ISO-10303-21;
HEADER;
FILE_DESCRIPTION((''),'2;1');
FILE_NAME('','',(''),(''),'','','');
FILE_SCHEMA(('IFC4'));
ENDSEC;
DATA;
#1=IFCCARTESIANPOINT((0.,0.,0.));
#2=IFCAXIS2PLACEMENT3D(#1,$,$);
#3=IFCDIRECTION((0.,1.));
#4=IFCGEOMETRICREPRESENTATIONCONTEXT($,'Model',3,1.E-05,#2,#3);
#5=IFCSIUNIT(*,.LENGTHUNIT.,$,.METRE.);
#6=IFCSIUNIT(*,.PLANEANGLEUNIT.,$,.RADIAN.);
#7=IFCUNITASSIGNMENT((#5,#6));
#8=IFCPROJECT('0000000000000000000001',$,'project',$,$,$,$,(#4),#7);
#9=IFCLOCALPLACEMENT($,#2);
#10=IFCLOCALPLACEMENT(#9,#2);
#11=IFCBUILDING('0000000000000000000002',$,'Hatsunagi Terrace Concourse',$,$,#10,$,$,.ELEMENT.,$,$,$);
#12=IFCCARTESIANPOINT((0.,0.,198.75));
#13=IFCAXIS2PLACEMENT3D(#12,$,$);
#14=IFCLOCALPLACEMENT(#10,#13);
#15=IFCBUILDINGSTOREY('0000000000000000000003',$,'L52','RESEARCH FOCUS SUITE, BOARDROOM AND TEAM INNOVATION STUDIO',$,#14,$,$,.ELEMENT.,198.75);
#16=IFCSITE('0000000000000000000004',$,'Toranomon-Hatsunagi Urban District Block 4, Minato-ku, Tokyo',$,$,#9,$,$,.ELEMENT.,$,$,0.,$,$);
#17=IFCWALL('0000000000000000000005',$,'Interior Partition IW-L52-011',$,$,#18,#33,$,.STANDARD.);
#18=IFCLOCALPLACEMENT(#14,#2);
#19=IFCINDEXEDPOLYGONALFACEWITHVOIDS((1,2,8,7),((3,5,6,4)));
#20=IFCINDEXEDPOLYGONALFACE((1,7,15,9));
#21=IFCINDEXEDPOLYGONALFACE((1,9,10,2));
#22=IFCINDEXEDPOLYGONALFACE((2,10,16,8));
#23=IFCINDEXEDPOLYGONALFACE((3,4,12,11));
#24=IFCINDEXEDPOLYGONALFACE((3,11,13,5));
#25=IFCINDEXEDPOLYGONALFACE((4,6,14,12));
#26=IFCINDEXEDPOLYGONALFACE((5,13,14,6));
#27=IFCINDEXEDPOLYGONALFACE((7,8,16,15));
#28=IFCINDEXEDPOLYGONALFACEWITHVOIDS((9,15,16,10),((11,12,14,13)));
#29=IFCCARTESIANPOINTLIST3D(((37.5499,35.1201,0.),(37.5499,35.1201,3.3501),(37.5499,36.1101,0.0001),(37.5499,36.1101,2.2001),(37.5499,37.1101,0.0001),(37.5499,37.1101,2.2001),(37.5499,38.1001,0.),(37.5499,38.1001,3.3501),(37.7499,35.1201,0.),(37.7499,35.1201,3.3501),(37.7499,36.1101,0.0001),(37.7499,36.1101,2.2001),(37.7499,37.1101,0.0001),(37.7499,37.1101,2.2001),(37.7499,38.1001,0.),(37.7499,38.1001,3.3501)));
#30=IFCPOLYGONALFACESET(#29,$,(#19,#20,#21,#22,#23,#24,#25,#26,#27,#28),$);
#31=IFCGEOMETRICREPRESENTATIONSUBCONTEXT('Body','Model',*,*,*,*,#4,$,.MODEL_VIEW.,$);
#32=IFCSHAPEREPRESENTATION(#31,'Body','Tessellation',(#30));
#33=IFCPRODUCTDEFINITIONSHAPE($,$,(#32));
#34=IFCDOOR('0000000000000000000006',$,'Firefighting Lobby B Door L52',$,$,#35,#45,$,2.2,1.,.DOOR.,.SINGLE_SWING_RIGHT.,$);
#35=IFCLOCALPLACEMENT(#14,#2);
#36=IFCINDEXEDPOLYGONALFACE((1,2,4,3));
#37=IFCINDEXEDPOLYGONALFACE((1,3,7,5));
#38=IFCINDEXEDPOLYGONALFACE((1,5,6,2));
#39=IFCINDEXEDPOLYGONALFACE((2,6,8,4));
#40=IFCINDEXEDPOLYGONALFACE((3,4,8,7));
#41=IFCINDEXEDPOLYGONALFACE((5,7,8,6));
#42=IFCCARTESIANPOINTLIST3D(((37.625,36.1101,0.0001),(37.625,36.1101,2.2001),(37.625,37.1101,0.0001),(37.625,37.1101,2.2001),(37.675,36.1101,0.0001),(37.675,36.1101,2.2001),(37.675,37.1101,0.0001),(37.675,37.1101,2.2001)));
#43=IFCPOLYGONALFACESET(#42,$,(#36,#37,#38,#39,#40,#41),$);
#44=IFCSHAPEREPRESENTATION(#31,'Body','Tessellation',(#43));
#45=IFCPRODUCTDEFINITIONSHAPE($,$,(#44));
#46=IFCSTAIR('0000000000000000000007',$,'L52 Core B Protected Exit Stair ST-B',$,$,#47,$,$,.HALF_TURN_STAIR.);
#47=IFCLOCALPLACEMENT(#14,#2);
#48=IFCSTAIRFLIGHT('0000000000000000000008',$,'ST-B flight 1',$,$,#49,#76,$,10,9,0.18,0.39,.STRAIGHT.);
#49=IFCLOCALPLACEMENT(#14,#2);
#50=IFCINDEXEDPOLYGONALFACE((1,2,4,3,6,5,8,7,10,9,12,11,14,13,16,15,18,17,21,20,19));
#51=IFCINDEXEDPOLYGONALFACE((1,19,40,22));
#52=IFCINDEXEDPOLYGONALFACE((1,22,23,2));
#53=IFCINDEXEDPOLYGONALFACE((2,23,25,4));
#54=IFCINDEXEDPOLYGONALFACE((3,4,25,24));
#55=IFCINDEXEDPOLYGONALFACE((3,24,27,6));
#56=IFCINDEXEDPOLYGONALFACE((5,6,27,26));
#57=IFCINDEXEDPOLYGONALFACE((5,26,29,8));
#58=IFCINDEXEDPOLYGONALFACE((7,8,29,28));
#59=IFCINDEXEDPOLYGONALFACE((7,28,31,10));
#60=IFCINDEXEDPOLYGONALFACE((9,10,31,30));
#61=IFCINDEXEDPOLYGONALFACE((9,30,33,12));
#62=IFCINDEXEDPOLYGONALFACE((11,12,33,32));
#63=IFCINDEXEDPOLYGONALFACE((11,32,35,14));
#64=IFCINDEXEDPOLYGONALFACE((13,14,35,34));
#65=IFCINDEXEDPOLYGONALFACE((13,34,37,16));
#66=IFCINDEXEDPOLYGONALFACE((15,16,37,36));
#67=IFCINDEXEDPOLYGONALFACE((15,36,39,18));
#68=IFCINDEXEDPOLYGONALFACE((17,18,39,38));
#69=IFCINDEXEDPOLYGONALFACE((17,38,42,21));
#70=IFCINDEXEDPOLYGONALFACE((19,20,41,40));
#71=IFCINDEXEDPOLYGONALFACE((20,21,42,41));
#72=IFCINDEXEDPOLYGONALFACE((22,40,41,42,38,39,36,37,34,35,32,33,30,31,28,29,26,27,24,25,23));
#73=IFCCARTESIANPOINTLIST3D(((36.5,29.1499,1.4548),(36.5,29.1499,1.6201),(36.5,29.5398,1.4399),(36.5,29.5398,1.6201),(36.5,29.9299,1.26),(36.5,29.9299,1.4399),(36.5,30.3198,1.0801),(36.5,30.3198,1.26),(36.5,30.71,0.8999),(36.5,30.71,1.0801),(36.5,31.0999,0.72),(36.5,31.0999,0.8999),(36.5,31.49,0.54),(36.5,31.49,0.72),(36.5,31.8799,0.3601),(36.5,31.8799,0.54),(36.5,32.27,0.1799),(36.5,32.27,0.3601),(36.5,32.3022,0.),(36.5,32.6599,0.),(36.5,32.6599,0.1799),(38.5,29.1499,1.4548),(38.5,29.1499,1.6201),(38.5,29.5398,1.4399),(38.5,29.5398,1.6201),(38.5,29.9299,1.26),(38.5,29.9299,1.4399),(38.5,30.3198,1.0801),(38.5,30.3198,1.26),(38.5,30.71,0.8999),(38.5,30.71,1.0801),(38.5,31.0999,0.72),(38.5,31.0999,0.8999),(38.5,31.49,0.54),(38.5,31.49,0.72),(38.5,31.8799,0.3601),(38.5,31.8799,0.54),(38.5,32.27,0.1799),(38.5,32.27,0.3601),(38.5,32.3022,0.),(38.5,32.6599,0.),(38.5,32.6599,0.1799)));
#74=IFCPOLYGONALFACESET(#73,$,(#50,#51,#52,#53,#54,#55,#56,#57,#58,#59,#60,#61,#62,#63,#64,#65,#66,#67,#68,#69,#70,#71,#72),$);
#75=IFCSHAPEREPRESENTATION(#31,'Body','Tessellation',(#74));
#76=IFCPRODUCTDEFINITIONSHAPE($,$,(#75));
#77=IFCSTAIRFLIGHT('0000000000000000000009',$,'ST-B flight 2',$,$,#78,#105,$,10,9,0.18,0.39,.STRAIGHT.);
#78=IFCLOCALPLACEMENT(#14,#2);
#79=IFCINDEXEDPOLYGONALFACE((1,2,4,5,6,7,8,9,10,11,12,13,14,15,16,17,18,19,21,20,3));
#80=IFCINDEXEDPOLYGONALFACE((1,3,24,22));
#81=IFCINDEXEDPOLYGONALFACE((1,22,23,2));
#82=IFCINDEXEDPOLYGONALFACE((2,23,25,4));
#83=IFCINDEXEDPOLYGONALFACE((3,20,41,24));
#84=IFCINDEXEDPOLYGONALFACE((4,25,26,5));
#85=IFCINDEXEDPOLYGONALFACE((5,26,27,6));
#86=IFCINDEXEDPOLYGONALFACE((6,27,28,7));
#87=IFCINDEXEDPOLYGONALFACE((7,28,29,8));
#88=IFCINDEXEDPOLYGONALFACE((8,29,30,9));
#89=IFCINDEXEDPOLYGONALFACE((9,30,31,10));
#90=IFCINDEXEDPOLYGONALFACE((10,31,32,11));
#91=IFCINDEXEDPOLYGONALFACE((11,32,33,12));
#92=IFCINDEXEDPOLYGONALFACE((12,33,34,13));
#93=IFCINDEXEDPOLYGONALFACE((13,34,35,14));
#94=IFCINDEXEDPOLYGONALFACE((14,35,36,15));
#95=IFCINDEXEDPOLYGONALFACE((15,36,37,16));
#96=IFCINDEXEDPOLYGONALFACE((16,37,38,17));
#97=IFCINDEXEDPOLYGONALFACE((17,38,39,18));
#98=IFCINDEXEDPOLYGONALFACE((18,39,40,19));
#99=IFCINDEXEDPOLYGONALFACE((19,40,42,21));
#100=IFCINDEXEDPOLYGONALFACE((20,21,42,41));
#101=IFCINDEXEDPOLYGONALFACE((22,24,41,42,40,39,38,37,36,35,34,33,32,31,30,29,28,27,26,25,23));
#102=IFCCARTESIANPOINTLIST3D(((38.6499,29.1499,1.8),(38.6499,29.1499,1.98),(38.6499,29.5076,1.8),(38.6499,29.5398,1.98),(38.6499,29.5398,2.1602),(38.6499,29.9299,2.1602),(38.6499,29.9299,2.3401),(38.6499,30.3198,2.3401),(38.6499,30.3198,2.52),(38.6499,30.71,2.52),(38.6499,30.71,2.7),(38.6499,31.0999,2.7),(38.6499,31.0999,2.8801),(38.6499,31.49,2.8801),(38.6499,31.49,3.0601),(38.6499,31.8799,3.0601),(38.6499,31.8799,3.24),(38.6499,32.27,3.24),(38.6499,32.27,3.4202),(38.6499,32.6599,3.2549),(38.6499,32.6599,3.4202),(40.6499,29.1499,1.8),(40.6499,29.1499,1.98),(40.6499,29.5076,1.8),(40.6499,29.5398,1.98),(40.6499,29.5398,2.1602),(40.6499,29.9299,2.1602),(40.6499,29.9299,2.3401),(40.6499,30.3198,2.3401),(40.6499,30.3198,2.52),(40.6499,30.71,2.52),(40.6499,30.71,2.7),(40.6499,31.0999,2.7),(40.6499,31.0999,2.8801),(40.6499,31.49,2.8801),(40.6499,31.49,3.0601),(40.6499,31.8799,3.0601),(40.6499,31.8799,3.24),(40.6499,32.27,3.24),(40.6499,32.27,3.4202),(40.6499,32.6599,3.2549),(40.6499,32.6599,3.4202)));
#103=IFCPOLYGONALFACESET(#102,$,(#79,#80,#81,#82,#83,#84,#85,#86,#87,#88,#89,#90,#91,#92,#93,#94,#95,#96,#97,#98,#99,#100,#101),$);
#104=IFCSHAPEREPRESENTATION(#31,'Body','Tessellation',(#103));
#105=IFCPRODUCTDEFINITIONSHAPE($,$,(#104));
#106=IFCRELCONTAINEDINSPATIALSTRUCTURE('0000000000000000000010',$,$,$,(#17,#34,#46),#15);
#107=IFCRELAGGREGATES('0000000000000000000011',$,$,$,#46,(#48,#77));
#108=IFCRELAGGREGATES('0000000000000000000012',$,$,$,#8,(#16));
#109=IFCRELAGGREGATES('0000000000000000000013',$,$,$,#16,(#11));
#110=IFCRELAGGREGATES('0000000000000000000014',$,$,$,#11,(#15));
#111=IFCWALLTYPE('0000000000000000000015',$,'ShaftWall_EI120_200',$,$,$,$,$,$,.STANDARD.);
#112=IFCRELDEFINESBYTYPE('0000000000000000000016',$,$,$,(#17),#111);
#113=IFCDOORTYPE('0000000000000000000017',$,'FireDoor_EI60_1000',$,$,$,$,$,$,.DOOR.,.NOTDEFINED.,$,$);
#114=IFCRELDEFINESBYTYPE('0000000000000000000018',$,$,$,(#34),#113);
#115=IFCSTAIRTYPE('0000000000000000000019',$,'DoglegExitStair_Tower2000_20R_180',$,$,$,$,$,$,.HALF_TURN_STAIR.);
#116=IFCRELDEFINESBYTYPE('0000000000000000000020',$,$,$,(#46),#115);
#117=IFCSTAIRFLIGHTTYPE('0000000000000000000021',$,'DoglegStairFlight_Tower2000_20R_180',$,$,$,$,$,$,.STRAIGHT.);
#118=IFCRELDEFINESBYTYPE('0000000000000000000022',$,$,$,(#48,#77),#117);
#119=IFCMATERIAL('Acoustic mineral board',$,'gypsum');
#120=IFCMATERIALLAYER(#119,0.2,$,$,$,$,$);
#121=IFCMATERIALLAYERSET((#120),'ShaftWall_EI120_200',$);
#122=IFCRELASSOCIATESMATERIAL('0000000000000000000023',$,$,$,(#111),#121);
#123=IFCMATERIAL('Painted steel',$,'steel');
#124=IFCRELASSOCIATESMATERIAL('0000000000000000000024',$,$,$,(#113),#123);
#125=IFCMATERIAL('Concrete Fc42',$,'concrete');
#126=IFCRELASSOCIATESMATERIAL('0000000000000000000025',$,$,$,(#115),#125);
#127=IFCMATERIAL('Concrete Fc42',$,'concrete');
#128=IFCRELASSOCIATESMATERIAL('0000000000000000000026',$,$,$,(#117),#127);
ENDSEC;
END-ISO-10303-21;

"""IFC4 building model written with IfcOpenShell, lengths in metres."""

from ifc_helpers import new_model, si_unit, direction, frame, frame_2d, origin, place, context, subcontext, project, spatial, polyline, rectangle, outline, extrude, material, layer, layer_set, type_object, element, fill, aggregate, save


model = new_model("IFC4")

# Units and contexts
model_context = context("Model", 3, precision=1e-05, world=origin(), true_north=direction((0.0, 1.0)))
body_context = subcontext(model_context, "Body", "Model", "MODEL_VIEW")
ifc_project = project(units=[si_unit("LENGTHUNIT", "METRE"), si_unit("PLANEANGLEUNIT", "RADIAN")], contexts=[model_context])

# Site, building, storey
site_placement = place(None, origin())
site = spatial("IfcSite", under=ifc_project, at=site_placement, Name="Toranomon-Hatsunagi Urban District Block 4, Minato-ku, Tokyo", CompositionType="ELEMENT", RefElevation=0.0)
building_placement = place(site_placement, origin())
building = spatial("IfcBuilding", under=site, at=building_placement, Name="Hatsunagi Terrace Concourse", CompositionType="ELEMENT")
storey_placement = place(building_placement, frame((0.0, 0.0, 198.75)))
storey = spatial("IfcBuildingStorey", under=building, at=storey_placement, Name="L52", Description="RESEARCH FOCUS SUITE, BOARDROOM AND TEAM INNOVATION STUDIO", CompositionType="ELEMENT", Elevation=198.75)

# Wall, opening, door
ifc_material_1 = material(Name="Acoustic mineral board", Category="gypsum")
ifc_layer_1 = layer(ifc_material_1, 0.2)
ifc_layer_set_1 = layer_set([ifc_layer_1], Name="ShaftWall_EI120_200")
wall_type_1 = type_object("IfcWallType", Name="ShaftWall_EI120_200", PredefinedType="STANDARD", material=ifc_layer_set_1)
ifc_material_2 = material(Name="Painted steel", Category="steel")
door_type_1 = type_object("IfcDoorType", Name="FireDoor_EI60_1000", OperationType="NOTDEFINED", PredefinedType="DOOR", material=ifc_material_2)
wall_1_placement = place(storey_placement, frame((37.6499, 35.1201, 0.0), z_axis=(0.0, 0.0, 1.0), x_axis=(0.0, 1.0, 0.0)))
wall_1 = element("IfcWall", 1, at=wall_1_placement, inside=storey, type_object=wall_type_1, Name="Interior Partition IW-L52-011", PredefinedType="STANDARD", context=body_context, shape_type="SweptSolid", body=[
    extrude(rectangle(XDim=2.98, YDim=0.2, at=frame_2d((1.49, 0.0))), origin(), (0.0, 0.0, 1.0), 3.3501),
])
opening_1_placement = place(wall_1_placement, frame((0.99, 0.0, 0.0)))
opening_1 = element("IfcOpeningElement", 2, at=opening_1_placement, cuts=wall_1, PredefinedType="OPENING", context=body_context, shape_type="SweptSolid", body=[
    extrude(rectangle(XDim=1.0, YDim=2.2, at=frame_2d((0.5, 1.1001))), frame((0.0, 0.1099, 0.0), z_axis=(0.0, -1.0, 0.0), x_axis=(1.0, 0.0, 0.0)), (0.0, 0.0, 1.0), 0.22),
])
door_1_placement = place(opening_1_placement, origin())
door_1 = element("IfcDoor", 3, at=door_1_placement, inside=storey, type_object=door_type_1, Name="Firefighting Lobby B Door L52", OperationType="SINGLE_SWING_RIGHT", OverallHeight=2.2, OverallWidth=1.0, PredefinedType="DOOR", context=body_context, shape_type="SweptSolid", body=[
    extrude(rectangle(XDim=1.0, YDim=2.2, at=frame_2d((0.5, 1.1001))), frame((0.0, 0.0249, 0.0), z_axis=(0.0, -1.0, 0.0), x_axis=(1.0, 0.0, 0.0)), (0.0, 0.0, 1.0), 0.05),
])
fill(opening_1, door_1)

# Stair, stair flights
ifc_material_3 = material(Name="Concrete Fc42", Category="concrete")
stair_type = type_object("IfcStairType", Name="DoglegExitStair_Tower2000_20R_180", PredefinedType="HALF_TURN_STAIR", material=ifc_material_3)
stair_placement = place(storey_placement, origin())
stair = element("IfcStair", 4, at=stair_placement, inside=storey, type_object=stair_type, Name="L52 Core B Protected Exit Stair ST-B", PredefinedType="HALF_TURN_STAIR")
ifc_material_4 = material(Name="Concrete Fc42", Category="concrete")
stair_flight_type = type_object("IfcStairFlightType", Name="DoglegStairFlight_Tower2000_20R_180", PredefinedType="STRAIGHT", material=ifc_material_4)
stair_flight_1_placement = place(storey_placement, frame((37.5, 32.6599, 0.0), z_axis=(0.0, 0.0, 1.0), x_axis=(0.0, -1.0, 0.0)))
stair_flight_1 = element("IfcStairFlight", 5, at=stair_flight_1_placement, type_object=stair_flight_type, Name="ST-B flight 1", NumberOfRisers=10, NumberOfTreads=9, PredefinedType="STRAIGHT", RiserHeight=0.18, TreadLength=0.39, context=body_context, shape_type="SweptSolid", body=[
    extrude(outline(polyline([(0.0, 0.0), (0.0, 0.1799), (0.3899, 0.1799), (0.3899, 0.3601), (0.78, 0.3601), (0.78, 0.54), (1.1699, 0.54), (1.1699, 0.72), (1.5601, 0.72), (1.5601, 0.8999), (1.95, 0.8999), (1.95, 1.0801), (2.3401, 1.0801), (2.3401, 1.26), (2.73, 1.26), (2.73, 1.4399), (3.1201, 1.4399), (3.1201, 1.6201), (3.51, 1.6201), (3.51, 1.8), (3.51, 1.4548), (0.3577, 0.0), (0.0, 0.0)])), frame((0.0, 1.0, 0.0), z_axis=(0.0, -1.0, 0.0), x_axis=(1.0, 0.0, 0.0)), (0.0, 0.0, 1.0), 2.0),
])
stair_flight_2_placement = place(storey_placement, frame((39.6499, 29.1499, 1.8), z_axis=(0.0, 0.0, 1.0), x_axis=(0.0, 1.0, 0.0)))
stair_flight_2 = element("IfcStairFlight", 6, at=stair_flight_2_placement, type_object=stair_flight_type, Name="ST-B flight 2", NumberOfRisers=10, NumberOfTreads=9, PredefinedType="STRAIGHT", RiserHeight=0.18, TreadLength=0.39, context=body_context, shape_type="SweptSolid", body=[
    extrude(outline(polyline([(0.0, 0.0), (0.0, 0.1799), (0.3899, 0.1799), (0.3899, 0.3601), (0.78, 0.3601), (0.78, 0.54), (1.1699, 0.54), (1.1699, 0.72), (1.5601, 0.72), (1.5601, 0.8999), (1.95, 0.8999), (1.95, 1.0801), (2.3401, 1.0801), (2.3401, 1.26), (2.73, 1.26), (2.73, 1.4399), (3.1201, 1.4399), (3.1201, 1.6201), (3.51, 1.6201), (3.51, 1.8), (3.51, 1.4548), (0.3577, 0.0), (0.0, 0.0)])), frame((0.0, 1.0, 0.0), z_axis=(0.0, -1.0, 0.0), x_axis=(1.0, 0.0, 0.0)), (0.0, 0.0, 1.0), 2.0),
])
aggregate(stair, [stair_flight_1, stair_flight_2])

save(model, "model.ifc")
